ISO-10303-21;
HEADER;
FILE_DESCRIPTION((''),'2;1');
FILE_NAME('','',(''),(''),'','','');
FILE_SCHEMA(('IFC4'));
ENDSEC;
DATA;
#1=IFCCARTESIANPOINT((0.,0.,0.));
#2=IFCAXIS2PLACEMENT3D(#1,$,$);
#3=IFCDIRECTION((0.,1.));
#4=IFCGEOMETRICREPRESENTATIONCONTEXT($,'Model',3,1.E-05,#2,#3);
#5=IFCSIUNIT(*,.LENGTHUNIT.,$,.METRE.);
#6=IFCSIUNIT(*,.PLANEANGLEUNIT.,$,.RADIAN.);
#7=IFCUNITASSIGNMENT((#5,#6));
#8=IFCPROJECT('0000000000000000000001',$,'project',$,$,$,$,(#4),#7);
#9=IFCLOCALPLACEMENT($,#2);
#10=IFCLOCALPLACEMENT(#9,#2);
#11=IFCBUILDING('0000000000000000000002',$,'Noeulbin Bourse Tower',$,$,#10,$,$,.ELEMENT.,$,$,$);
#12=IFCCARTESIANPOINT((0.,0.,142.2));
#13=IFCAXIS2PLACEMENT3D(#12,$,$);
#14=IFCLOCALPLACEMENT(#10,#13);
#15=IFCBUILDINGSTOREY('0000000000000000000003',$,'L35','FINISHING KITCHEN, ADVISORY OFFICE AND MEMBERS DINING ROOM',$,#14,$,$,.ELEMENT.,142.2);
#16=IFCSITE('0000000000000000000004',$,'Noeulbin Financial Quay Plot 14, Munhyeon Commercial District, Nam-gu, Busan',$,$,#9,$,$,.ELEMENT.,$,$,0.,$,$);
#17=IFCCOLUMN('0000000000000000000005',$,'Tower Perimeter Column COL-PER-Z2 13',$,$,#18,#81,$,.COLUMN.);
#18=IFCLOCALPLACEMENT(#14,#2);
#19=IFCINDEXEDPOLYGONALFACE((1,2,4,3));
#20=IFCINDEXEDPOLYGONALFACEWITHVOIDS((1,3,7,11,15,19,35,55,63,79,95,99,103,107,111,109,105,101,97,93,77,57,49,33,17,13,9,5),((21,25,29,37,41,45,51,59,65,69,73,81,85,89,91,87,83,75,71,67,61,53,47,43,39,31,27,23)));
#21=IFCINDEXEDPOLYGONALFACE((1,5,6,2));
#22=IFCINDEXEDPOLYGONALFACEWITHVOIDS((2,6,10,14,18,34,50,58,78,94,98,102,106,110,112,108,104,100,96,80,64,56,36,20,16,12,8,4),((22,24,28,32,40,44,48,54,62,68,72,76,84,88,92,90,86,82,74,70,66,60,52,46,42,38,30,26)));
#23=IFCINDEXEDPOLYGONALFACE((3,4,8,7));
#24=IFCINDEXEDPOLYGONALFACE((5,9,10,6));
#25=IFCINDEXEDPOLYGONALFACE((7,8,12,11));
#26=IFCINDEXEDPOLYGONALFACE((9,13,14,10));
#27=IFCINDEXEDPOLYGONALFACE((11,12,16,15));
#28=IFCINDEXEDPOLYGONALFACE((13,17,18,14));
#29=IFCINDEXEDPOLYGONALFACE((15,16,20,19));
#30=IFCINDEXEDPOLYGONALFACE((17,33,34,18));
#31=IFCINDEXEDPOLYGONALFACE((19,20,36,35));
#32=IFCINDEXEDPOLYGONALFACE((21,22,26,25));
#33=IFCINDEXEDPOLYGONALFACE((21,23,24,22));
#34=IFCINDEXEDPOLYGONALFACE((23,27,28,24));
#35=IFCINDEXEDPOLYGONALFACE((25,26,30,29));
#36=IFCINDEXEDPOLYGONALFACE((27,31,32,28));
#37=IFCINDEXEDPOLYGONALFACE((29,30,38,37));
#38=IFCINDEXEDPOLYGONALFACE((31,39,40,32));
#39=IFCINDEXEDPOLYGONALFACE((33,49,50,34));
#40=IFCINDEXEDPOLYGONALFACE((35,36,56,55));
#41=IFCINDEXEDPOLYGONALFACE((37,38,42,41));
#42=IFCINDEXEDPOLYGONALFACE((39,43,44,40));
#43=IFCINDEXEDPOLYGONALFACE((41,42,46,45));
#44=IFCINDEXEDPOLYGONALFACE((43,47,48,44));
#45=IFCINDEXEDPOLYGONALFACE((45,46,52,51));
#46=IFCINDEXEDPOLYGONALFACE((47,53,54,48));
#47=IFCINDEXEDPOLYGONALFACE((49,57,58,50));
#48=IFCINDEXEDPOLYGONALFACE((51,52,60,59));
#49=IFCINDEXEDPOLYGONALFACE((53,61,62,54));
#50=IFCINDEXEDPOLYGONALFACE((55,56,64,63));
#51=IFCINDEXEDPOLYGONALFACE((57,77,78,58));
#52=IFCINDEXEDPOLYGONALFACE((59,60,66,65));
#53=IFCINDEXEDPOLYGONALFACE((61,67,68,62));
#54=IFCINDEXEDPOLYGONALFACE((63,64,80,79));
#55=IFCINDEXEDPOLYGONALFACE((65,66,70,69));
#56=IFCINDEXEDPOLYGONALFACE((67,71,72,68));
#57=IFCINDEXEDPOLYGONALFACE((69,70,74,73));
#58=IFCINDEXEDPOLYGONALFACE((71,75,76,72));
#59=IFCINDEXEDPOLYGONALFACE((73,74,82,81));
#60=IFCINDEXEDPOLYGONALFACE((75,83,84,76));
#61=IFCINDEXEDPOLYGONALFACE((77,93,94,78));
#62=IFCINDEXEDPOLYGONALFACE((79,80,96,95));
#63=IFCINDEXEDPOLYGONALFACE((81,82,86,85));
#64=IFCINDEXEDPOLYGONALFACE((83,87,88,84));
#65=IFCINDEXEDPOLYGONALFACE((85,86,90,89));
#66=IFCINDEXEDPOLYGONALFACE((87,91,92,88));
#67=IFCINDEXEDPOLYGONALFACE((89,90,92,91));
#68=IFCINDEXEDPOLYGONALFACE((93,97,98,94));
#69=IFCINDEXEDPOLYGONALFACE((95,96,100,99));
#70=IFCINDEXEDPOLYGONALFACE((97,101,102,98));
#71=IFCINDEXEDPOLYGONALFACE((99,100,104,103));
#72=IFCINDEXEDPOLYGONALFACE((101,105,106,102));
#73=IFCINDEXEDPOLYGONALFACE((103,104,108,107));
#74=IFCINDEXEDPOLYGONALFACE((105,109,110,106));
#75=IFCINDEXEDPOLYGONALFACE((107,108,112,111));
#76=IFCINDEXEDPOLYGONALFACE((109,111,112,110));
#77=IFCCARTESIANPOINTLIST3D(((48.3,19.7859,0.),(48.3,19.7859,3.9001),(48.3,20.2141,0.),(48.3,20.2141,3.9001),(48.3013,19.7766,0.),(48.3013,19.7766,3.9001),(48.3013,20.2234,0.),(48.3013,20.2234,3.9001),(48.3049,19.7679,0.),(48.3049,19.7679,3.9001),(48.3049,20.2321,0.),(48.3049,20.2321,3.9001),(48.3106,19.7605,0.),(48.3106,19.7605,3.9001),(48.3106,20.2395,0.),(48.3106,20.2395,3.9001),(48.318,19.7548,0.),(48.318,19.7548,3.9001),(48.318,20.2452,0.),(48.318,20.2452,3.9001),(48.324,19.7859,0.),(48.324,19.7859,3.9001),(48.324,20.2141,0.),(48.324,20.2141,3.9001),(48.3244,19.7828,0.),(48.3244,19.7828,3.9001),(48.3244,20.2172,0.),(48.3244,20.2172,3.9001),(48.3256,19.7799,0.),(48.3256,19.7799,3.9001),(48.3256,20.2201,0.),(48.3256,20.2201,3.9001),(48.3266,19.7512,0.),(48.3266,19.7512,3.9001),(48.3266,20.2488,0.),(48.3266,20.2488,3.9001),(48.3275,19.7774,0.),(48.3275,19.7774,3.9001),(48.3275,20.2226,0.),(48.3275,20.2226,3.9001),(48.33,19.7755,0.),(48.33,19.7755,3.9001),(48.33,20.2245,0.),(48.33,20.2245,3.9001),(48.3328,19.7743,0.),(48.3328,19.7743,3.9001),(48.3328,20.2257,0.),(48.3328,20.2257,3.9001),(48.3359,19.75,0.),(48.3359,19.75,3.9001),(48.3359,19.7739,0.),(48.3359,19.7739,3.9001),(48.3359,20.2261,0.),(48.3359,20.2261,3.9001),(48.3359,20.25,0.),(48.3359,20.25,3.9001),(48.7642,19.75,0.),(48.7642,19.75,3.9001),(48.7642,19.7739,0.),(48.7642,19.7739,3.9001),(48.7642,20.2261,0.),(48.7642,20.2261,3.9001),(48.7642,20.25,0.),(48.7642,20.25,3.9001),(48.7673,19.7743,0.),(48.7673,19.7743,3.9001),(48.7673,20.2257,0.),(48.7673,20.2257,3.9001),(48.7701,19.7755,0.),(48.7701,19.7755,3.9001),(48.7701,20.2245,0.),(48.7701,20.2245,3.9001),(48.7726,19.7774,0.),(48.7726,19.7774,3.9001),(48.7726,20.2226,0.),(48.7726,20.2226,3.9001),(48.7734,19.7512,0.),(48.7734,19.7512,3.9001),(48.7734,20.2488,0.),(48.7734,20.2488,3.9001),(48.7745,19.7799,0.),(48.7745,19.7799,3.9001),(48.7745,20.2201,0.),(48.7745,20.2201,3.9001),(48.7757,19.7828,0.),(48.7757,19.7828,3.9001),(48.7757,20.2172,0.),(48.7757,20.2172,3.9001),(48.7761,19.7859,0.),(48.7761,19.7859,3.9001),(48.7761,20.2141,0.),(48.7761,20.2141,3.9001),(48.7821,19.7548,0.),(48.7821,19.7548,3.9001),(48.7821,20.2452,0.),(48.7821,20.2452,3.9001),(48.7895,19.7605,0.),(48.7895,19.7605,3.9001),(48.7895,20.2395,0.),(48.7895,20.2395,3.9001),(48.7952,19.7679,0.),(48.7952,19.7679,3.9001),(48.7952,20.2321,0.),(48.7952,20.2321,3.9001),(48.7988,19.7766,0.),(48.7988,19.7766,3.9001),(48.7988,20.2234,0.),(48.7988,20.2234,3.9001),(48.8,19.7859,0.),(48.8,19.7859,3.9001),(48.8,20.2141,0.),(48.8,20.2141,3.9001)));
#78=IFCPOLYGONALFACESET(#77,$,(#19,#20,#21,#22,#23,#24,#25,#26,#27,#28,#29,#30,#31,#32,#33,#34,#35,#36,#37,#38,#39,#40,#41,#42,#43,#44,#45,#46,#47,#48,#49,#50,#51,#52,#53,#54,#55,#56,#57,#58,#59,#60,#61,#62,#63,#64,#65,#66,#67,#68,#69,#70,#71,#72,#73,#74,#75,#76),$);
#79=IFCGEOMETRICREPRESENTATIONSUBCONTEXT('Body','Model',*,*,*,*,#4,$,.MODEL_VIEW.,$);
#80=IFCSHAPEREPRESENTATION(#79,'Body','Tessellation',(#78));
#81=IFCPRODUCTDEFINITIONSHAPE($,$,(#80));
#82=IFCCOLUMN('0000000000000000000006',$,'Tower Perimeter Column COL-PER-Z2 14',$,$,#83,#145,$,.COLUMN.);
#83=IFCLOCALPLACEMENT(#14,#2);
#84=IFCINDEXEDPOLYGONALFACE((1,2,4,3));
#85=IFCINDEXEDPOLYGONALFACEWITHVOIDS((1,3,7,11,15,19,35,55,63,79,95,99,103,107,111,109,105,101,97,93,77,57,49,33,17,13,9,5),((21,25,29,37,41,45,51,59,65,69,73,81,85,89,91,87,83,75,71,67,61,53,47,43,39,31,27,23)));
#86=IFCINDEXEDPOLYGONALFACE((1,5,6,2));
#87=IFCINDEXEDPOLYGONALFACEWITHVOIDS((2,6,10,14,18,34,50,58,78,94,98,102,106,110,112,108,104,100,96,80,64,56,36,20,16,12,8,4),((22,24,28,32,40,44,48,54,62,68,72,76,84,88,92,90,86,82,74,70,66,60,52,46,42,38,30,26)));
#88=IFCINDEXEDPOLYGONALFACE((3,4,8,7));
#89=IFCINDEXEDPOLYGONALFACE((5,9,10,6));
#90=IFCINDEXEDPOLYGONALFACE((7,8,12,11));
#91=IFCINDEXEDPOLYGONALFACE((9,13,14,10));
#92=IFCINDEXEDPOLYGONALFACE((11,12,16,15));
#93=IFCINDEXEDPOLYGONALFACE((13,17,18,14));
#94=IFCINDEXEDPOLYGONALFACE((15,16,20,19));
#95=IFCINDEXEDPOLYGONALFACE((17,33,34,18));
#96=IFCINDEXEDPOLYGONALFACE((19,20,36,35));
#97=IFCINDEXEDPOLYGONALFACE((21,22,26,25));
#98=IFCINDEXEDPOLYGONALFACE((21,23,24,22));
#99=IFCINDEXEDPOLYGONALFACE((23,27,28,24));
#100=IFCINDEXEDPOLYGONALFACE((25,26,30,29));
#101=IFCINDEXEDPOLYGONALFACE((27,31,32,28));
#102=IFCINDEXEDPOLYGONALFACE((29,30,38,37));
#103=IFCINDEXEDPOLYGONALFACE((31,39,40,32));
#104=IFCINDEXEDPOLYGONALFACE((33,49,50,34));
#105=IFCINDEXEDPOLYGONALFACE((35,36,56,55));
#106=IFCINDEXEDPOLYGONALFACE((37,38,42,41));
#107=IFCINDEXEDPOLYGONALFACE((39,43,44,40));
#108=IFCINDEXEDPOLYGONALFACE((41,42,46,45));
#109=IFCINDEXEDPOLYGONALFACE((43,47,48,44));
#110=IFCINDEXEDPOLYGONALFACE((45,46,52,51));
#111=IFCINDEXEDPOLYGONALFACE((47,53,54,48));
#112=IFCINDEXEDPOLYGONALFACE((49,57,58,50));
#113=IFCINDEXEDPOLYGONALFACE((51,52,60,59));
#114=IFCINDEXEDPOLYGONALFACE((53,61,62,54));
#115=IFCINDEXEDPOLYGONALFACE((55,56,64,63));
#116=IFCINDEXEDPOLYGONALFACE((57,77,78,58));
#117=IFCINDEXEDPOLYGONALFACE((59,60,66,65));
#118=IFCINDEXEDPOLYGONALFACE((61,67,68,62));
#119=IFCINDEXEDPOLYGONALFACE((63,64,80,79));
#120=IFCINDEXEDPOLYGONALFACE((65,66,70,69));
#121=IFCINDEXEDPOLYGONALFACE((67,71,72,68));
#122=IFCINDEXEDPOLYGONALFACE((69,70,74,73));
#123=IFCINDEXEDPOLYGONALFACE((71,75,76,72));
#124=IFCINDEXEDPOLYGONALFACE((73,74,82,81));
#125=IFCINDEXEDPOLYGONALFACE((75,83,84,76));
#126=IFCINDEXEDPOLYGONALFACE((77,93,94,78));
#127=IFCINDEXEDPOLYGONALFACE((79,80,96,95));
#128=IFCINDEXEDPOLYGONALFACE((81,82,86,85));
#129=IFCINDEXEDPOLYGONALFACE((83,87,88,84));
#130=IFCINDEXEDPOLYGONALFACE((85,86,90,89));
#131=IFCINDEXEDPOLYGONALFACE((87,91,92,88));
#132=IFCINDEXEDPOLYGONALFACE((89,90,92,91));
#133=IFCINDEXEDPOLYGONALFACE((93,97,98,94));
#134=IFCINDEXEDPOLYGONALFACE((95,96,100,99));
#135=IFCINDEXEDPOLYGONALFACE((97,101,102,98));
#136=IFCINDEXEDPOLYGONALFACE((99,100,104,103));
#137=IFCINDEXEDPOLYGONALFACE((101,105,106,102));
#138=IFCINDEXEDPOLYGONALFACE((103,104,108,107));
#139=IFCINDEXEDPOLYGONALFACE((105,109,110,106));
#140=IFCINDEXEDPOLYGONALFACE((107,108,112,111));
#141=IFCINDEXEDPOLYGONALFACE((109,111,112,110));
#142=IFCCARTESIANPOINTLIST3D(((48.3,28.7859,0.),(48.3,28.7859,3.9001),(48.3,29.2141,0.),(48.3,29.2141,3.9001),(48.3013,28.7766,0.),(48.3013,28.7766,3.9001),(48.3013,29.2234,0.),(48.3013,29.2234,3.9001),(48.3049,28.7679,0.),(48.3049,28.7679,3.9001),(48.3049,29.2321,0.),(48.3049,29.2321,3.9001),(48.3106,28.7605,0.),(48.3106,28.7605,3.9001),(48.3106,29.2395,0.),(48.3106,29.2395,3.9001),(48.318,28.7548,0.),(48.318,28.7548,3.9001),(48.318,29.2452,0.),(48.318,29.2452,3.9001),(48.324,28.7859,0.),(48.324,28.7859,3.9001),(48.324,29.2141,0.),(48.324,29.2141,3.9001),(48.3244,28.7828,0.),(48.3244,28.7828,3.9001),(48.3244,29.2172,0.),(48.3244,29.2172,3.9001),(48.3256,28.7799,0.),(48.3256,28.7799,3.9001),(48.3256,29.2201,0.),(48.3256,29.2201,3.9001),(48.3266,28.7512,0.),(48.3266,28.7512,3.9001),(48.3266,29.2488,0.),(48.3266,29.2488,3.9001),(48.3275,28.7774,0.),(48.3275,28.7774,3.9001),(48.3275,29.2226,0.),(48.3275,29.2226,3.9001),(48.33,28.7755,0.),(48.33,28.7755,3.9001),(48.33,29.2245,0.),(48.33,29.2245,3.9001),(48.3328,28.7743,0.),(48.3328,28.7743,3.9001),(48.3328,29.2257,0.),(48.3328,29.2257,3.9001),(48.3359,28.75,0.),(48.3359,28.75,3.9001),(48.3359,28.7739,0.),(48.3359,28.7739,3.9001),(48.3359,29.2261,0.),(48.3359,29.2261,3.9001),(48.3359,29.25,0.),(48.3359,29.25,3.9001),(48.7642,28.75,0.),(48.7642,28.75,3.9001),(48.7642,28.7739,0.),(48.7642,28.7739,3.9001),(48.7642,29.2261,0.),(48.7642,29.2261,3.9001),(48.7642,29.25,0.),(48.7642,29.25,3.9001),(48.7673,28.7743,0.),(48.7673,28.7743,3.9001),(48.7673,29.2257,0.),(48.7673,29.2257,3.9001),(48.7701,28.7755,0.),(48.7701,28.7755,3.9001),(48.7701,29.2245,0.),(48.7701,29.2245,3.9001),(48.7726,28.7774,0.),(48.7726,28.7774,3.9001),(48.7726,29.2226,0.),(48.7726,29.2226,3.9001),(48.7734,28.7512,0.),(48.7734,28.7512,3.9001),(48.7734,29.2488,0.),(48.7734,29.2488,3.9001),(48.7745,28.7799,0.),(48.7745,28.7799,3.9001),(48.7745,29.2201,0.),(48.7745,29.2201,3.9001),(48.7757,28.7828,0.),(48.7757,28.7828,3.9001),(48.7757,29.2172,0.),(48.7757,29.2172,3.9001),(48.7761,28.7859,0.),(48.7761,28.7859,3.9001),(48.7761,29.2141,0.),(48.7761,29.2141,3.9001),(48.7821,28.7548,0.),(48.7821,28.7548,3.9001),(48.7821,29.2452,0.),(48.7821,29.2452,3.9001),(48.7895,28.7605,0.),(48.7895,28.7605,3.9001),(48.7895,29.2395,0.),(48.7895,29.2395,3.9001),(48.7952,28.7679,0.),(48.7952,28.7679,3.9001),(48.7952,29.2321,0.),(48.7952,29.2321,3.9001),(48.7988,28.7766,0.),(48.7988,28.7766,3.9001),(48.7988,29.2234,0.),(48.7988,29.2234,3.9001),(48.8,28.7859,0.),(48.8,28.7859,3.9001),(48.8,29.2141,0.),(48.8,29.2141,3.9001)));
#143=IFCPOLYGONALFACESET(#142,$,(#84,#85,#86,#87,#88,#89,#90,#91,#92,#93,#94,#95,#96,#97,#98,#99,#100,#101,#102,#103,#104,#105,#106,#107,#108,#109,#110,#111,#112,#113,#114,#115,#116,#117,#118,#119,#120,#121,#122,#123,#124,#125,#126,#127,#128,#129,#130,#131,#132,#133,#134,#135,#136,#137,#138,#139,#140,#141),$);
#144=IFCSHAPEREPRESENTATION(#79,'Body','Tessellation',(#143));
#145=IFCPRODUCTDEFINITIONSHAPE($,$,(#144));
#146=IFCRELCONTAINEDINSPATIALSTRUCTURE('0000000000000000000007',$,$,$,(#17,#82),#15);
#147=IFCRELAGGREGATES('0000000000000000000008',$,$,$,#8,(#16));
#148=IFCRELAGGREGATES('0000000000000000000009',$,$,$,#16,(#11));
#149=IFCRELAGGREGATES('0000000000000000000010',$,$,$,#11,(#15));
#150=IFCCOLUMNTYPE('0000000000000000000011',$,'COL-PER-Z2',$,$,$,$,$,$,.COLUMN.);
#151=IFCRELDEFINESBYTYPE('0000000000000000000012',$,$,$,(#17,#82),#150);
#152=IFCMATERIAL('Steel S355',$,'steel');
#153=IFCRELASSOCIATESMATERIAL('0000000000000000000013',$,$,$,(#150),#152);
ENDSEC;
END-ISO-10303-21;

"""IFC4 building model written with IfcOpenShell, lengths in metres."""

from ifc_helpers import new_model, si_unit, direction, frame, origin, origin_2d, place, context, subcontext, project, spatial, hollow_rectangle, extrude, material, material_profile, profile_set, type_object, element, save


model = new_model("IFC4")

# Units and contexts
model_context = context("Model", 3, precision=1e-05, world=origin(), true_north=direction((0.0, 1.0)))
body_context = subcontext(model_context, "Body", "Model", "MODEL_VIEW")
ifc_project = project(units=[si_unit("LENGTHUNIT", "METRE"), si_unit("PLANEANGLEUNIT", "RADIAN")], contexts=[model_context])

# Site, building, storey
site_placement = place(None, origin())
site = spatial("IfcSite", under=ifc_project, at=site_placement, Name="Noeulbin Financial Quay Plot 14, Munhyeon Commercial District, Nam-gu, Busan", CompositionType="ELEMENT", RefElevation=0.0)
building_placement = place(site_placement, origin())
building = spatial("IfcBuilding", under=site, at=building_placement, Name="Noeulbin Bourse Tower", CompositionType="ELEMENT")
storey_placement = place(building_placement, frame((0.0, 0.0, 142.2)))
storey = spatial("IfcBuildingStorey", under=building, at=storey_placement, Name="L35", Description="FINISHING KITCHEN, ADVISORY OFFICE AND MEMBERS DINING ROOM", CompositionType="ELEMENT", Elevation=142.2)

# Columns
ifc_material_1 = material(Name="Steel S355", Category="steel")
ifc_material_profile_1 = material_profile(ifc_material_1, hollow_rectangle(XDim=0.5, YDim=0.5, WallThickness=0.0239, InnerFilletRadius=0.012, OuterFilletRadius=0.0359, at=origin_2d()), Name="BOX-500x500x24", Category="LoadBearing")
ifc_profile_set_1 = profile_set([ifc_material_profile_1], Name="Steel S355")
column_type_1 = type_object("IfcColumnType", Name="COL-PER-Z2", PredefinedType="COLUMN", material=ifc_profile_set_1)
for number, where, z_axis, x_axis, name in (
    (1, (48.55, 20.0, 0.0), (0.0, 0.0, 1.0), (1.0, 0.0, 0.0), "Tower Perimeter Column COL-PER-Z2 13"),
    (2, (48.55, 29.0, 0.0), (0.0, 0.0, 1.0), (1.0, 0.0, 0.0), "Tower Perimeter Column COL-PER-Z2 14"),
):
    element("IfcColumn", number, at=place(storey_placement, frame(where, z_axis=z_axis, x_axis=x_axis)), inside=storey, type_object=column_type_1, Name=name, PredefinedType="COLUMN", context=body_context, shape_type="SweptSolid", body=[
        extrude(hollow_rectangle(XDim=0.5, YDim=0.5, WallThickness=0.0239, InnerFilletRadius=0.012, OuterFilletRadius=0.0359, at=origin_2d()), origin(), (0.0, 0.0, 1.0), 3.9001),
    ])

save(model, "model.ifc")
